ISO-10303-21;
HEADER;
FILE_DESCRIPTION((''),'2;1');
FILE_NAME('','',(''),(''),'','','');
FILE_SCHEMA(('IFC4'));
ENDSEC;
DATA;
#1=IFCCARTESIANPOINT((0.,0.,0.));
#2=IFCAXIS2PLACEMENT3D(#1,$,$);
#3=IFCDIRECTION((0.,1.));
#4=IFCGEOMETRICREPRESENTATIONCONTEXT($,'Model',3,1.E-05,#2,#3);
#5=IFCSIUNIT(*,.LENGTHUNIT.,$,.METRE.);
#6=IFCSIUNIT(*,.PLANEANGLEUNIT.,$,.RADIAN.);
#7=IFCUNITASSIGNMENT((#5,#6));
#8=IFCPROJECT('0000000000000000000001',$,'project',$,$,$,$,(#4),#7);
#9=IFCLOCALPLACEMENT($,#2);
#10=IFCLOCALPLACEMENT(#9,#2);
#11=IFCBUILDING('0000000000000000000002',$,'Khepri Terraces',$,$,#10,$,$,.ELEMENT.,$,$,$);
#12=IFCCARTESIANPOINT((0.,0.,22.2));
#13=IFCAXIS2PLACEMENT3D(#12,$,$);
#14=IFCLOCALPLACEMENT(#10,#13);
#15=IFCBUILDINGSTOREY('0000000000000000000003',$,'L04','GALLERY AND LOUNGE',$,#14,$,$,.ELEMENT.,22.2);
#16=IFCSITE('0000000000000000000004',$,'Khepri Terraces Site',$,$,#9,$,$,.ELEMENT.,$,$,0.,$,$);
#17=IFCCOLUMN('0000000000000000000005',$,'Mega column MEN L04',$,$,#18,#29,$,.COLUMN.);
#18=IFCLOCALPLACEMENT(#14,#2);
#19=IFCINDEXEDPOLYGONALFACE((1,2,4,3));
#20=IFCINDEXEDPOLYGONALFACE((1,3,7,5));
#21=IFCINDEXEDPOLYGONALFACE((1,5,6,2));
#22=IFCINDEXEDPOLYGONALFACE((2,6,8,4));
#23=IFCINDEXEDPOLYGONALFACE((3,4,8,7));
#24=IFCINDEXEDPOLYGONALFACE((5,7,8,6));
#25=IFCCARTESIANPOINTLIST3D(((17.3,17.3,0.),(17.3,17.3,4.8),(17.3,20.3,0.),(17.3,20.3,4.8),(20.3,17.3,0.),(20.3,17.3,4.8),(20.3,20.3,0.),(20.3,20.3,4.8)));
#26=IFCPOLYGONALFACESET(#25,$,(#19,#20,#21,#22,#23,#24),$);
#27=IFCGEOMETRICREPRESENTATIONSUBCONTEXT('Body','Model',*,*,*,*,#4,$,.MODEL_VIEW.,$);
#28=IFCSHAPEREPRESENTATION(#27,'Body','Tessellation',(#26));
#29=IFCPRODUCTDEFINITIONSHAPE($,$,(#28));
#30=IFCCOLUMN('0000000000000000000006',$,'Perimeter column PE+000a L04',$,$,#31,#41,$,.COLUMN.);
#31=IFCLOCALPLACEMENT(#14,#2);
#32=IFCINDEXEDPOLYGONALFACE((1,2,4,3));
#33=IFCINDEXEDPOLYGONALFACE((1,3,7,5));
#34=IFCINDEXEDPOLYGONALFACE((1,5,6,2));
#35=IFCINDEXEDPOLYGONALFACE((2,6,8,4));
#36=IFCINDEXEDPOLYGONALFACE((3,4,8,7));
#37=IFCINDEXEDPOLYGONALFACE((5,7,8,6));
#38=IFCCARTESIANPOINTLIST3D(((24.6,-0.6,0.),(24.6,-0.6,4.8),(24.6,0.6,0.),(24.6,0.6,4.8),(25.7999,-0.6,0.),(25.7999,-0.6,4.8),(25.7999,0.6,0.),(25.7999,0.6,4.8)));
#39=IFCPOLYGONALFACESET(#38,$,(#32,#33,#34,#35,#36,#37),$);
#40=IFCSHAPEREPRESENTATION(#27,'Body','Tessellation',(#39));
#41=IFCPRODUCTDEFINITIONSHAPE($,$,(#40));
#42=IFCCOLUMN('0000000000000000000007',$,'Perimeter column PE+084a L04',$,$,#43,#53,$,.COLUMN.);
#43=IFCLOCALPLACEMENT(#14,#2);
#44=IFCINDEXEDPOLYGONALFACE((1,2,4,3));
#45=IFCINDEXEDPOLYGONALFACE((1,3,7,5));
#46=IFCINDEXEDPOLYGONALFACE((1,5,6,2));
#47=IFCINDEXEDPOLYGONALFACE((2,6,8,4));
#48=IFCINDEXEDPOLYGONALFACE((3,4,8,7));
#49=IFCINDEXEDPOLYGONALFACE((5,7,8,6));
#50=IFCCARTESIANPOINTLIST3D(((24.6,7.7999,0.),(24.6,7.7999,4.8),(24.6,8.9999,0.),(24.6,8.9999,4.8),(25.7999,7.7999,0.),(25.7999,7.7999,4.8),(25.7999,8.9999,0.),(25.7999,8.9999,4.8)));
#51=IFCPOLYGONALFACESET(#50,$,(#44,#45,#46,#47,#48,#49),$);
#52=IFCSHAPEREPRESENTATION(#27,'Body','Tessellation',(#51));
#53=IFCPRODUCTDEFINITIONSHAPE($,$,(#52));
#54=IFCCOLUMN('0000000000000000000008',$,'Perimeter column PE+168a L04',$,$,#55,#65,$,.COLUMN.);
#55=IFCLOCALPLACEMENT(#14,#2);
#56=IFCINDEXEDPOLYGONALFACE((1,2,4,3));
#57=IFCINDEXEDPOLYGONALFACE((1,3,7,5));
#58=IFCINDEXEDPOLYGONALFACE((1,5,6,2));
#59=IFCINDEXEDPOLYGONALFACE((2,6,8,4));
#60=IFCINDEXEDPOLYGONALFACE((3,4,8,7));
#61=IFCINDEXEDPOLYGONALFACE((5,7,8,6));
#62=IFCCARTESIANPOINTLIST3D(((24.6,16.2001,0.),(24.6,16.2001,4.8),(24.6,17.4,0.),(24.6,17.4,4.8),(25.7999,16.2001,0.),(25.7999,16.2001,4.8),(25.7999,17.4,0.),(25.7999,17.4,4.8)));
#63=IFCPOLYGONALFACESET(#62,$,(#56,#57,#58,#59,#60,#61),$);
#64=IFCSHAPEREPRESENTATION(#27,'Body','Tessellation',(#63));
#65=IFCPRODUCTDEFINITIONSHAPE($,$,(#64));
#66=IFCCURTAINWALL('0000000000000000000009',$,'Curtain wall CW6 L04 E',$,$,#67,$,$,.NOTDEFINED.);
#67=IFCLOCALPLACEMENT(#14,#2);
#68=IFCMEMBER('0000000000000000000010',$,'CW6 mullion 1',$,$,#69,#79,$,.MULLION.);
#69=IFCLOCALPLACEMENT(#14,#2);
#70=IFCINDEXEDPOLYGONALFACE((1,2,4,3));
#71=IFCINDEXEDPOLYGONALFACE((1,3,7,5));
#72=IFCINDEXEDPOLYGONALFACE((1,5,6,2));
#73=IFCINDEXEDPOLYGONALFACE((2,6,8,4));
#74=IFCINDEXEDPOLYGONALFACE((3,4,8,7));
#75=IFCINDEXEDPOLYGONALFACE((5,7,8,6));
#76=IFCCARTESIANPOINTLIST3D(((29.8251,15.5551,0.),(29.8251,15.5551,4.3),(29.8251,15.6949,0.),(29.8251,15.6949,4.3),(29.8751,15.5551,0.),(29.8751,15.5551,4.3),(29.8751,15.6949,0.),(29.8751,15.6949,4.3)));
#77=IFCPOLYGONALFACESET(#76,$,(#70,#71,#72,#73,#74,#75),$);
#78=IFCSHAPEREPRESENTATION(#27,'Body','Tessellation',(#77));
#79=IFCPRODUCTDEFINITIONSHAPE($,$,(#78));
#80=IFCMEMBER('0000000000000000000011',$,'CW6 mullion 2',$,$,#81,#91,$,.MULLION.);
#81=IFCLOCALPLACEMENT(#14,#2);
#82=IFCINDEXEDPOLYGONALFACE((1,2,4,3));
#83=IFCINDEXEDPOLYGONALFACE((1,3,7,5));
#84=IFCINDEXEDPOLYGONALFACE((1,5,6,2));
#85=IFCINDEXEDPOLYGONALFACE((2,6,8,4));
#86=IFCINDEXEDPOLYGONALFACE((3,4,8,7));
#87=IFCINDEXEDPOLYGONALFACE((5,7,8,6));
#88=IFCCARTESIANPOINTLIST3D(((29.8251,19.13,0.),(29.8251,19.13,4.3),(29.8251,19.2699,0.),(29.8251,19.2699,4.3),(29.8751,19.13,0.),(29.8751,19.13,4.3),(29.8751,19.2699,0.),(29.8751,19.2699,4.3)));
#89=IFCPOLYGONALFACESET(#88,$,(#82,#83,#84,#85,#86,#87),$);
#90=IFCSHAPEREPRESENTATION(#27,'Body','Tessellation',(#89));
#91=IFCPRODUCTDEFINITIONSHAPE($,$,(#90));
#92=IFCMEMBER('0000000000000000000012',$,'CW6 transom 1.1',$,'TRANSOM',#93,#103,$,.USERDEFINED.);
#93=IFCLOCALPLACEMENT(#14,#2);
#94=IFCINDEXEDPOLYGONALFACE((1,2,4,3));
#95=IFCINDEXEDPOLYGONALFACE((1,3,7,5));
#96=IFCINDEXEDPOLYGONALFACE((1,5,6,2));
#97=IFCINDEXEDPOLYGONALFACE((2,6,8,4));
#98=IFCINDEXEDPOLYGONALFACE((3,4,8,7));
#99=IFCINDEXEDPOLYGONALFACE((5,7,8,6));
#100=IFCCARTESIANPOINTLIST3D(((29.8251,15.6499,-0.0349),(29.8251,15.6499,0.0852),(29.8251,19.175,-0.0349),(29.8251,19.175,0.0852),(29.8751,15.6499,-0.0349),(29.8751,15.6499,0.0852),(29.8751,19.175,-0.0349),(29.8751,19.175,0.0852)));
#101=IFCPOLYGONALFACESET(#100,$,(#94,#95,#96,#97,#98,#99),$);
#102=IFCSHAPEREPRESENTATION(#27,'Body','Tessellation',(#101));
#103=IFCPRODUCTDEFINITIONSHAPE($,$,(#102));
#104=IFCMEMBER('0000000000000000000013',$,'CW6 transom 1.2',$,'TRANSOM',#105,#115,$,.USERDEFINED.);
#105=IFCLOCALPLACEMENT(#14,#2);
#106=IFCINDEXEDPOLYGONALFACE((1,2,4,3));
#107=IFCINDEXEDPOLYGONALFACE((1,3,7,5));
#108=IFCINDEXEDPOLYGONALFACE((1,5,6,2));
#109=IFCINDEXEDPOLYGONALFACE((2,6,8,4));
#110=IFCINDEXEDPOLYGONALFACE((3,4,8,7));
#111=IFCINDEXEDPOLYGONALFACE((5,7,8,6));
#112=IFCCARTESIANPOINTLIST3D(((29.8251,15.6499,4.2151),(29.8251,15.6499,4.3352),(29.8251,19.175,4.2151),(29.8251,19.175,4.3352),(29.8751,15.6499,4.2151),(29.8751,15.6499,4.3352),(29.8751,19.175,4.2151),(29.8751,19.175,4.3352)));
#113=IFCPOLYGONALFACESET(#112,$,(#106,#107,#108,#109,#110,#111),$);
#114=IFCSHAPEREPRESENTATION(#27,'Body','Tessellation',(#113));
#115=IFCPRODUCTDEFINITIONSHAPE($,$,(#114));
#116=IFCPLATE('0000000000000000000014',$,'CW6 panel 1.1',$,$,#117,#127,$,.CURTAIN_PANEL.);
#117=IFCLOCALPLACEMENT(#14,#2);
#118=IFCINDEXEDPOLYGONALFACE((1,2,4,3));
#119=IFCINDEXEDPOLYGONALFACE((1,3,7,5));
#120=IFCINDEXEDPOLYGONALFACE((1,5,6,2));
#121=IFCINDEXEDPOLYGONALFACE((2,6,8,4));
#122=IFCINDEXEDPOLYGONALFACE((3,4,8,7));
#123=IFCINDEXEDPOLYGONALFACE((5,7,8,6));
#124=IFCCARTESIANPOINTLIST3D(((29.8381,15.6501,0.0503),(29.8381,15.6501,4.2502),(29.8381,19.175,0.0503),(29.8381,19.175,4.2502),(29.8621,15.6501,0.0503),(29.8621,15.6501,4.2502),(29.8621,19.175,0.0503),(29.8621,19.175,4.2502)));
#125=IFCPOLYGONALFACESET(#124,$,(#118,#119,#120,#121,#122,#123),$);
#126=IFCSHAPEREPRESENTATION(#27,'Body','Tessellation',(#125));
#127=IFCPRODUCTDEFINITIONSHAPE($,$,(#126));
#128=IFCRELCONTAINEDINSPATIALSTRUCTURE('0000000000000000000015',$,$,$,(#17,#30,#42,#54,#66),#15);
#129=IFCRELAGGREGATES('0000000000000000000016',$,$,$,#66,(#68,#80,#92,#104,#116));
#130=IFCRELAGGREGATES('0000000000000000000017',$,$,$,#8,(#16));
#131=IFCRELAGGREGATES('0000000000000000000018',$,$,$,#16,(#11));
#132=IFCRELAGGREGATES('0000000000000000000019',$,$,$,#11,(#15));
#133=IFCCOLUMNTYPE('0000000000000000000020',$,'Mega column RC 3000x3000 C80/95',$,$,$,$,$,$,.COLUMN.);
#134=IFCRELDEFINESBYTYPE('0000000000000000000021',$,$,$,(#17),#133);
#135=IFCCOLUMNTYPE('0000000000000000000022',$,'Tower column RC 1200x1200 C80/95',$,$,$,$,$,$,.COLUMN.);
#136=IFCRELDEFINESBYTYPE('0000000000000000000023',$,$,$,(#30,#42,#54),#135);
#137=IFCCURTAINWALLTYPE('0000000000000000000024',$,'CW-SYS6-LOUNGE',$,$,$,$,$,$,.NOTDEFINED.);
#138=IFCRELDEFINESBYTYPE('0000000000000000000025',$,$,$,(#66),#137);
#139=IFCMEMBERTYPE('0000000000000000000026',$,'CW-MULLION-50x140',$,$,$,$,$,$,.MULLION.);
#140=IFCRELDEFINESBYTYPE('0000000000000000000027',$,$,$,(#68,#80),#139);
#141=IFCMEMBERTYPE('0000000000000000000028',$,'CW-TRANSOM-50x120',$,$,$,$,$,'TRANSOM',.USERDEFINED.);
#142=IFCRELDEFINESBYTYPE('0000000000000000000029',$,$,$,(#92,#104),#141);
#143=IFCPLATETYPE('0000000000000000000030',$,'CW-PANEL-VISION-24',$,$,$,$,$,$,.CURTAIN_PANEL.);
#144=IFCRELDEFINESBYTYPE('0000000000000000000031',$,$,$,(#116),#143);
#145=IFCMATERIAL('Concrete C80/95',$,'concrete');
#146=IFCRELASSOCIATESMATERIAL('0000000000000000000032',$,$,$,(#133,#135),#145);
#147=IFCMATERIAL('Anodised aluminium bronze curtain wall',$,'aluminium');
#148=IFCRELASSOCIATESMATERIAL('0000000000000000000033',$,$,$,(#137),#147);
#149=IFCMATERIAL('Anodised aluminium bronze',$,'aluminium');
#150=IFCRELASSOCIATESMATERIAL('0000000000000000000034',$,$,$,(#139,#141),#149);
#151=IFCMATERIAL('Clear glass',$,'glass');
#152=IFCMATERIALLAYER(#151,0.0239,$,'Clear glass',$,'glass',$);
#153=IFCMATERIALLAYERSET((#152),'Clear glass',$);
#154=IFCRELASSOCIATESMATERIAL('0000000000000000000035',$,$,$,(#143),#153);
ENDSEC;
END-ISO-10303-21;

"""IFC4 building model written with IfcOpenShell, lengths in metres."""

from ifc_helpers import new_model, si_unit, direction, frame, origin, origin_2d, place, context, subcontext, project, spatial, rectangle, extrude, material, layer, layer_set, material_profile, profile_set, type_object, element, aggregate, save


model = new_model("IFC4")

# Units and contexts
model_context = context("Model", 3, precision=1e-05, world=origin(), true_north=direction((0.0, 1.0)))
body_context = subcontext(model_context, "Body", "Model", "MODEL_VIEW")
ifc_project = project(units=[si_unit("LENGTHUNIT", "METRE"), si_unit("PLANEANGLEUNIT", "RADIAN")], contexts=[model_context])

# Site, building, storey
site_placement = place(None, origin())
site = spatial("IfcSite", under=ifc_project, at=site_placement, Name="Khepri Terraces Site", CompositionType="ELEMENT", RefElevation=0.0)
building_placement = place(site_placement, origin())
building = spatial("IfcBuilding", under=site, at=building_placement, Name="Khepri Terraces", CompositionType="ELEMENT")
storey_placement = place(building_placement, frame((0.0, 0.0, 22.2)))
storey = spatial("IfcBuildingStorey", under=building, at=storey_placement, Name="L04", Description="GALLERY AND LOUNGE", CompositionType="ELEMENT", Elevation=22.2)

# Columns
ifc_material_1 = material(Name="Concrete C80/95", Category="concrete")
ifc_material_profile_1 = material_profile(ifc_material_1, rectangle(XDim=3.0, YDim=3.0, at=origin_2d()), Name="Concrete C80/95", Category="concrete")
ifc_profile_set_1 = profile_set([ifc_material_profile_1], Name="Concrete C80/95")
column_type_1 = type_object("IfcColumnType", Name="Mega column RC 3000x3000 C80/95", PredefinedType="COLUMN", material=ifc_profile_set_1)
column_placement = place(storey_placement, frame((18.8, 18.8, 0.0), z_axis=(0.0, 0.0, 1.0), x_axis=(1.0, 0.0, 0.0)))
element("IfcColumn", 1, at=column_placement, inside=storey, type_object=column_type_1, Name="Mega column MEN L04", PredefinedType="COLUMN", context=body_context, shape_type="SweptSolid", body=[
    extrude(rectangle(XDim=3.0, YDim=3.0, at=origin_2d()), origin(), (0.0, 0.0, 1.0), 4.8),
])
ifc_material_profile_2 = material_profile(ifc_material_1, rectangle(XDim=1.2, YDim=1.2, at=origin_2d()), Name="Concrete C80/95", Category="concrete")
ifc_profile_set_2 = profile_set([ifc_material_profile_2], Name="Concrete C80/95")
column_type_2 = type_object("IfcColumnType", Name="Tower column RC 1200x1200 C80/95", PredefinedType="COLUMN", material=ifc_profile_set_2)
for number, where, z_axis, x_axis, name in (
    (2, (25.2, 0.0, 0.0), (0.0, 0.0, 1.0), (1.0, 0.0, 0.0), "Perimeter column PE+000a L04"),
    (3, (25.2, 8.3999, 0.0), (0.0, 0.0, 1.0), (1.0, 0.0, 0.0), "Perimeter column PE+084a L04"),
    (4, (25.2, 16.8, 0.0), (0.0, 0.0, 1.0), (1.0, 0.0, 0.0), "Perimeter column PE+168a L04"),
):
    element("IfcColumn", number, at=place(storey_placement, frame(where, z_axis=z_axis, x_axis=x_axis)), inside=storey, type_object=column_type_2, Name=name, PredefinedType="COLUMN", context=body_context, shape_type="SweptSolid", body=[
        extrude(rectangle(XDim=1.2, YDim=1.2, at=origin_2d()), origin(), (0.0, 0.0, 1.0), 4.8),
    ])

# Curtain wall, members, plate
ifc_material_2 = material(Name="Anodised aluminium bronze curtain wall", Category="aluminium")
curtain_wall_type = type_object("IfcCurtainWallType", Name="CW-SYS6-LOUNGE", PredefinedType="NOTDEFINED", material=ifc_material_2)
curtain_wall_placement = place(storey_placement, origin())
curtain_wall = element("IfcCurtainWall", 5, at=curtain_wall_placement, inside=storey, type_object=curtain_wall_type, Name="Curtain wall CW6 L04 E", PredefinedType="NOTDEFINED")
ifc_material_3 = material(Name="Anodised aluminium bronze", Category="aluminium")
ifc_material_profile_3 = material_profile(ifc_material_3, rectangle(XDim=0.05, YDim=0.1399, at=origin_2d()), Name="Anodised aluminium bronze", Category="aluminium")
ifc_profile_set_3 = profile_set([ifc_material_profile_3], Name="Anodised aluminium bronze")
member_type_1 = type_object("IfcMemberType", Name="CW-MULLION-50x140", PredefinedType="MULLION", material=ifc_profile_set_3)
member_1_placement = place(storey_placement, frame((29.8501, 15.625, 0.0), z_axis=(0.0, 0.0, 1.0), x_axis=(-1.0, 0.0, 0.0)))
member_1 = element("IfcMember", 6, at=member_1_placement, type_object=member_type_1, Name="CW6 mullion 1", PredefinedType="MULLION", context=body_context, shape_type="SweptSolid", body=[
    extrude(rectangle(XDim=0.05, YDim=0.1399, at=origin_2d()), origin(), (0.0, 0.0, 1.0), 4.3),
])
member_2_placement = place(storey_placement, frame((29.8501, 19.2, 0.0), z_axis=(0.0, 0.0, 1.0), x_axis=(-1.0, 0.0, 0.0)))
member_2 = element("IfcMember", 7, at=member_2_placement, type_object=member_type_1, Name="CW6 mullion 2", PredefinedType="MULLION", context=body_context, shape_type="SweptSolid", body=[
    extrude(rectangle(XDim=0.05, YDim=0.1399, at=origin_2d()), origin(), (0.0, 0.0, 1.0), 4.3),
])
ifc_material_profile_4 = material_profile(ifc_material_3, rectangle(XDim=0.05, YDim=0.1201, at=origin_2d()), Name="Anodised aluminium bronze", Category="aluminium")
ifc_profile_set_4 = profile_set([ifc_material_profile_4], Name="Anodised aluminium bronze")
member_type_2 = type_object("IfcMemberType", Name="CW-TRANSOM-50x120", ElementType="TRANSOM", PredefinedType="USERDEFINED", material=ifc_profile_set_4)
member_3_placement = place(storey_placement, frame((29.8501, 15.6499, 0.0251), z_axis=(0.0, 1.0, 0.0), x_axis=(-1.0, 0.0, 0.0)))
member_3 = element("IfcMember", 8, at=member_3_placement, type_object=member_type_2, Name="CW6 transom 1.1", ObjectType="TRANSOM", PredefinedType="USERDEFINED", context=body_context, shape_type="SweptSolid", body=[
    extrude(rectangle(XDim=0.05, YDim=0.1201, at=origin_2d()), origin(), (0.0, 0.0, 1.0), 3.5251),
])
member_4_placement = place(storey_placement, frame((29.8501, 15.6499, 4.2751), z_axis=(0.0, 1.0, 0.0), x_axis=(-1.0, 0.0, 0.0)))
member_4 = element("IfcMember", 9, at=member_4_placement, type_object=member_type_2, Name="CW6 transom 1.2", ObjectType="TRANSOM", PredefinedType="USERDEFINED", context=body_context, shape_type="SweptSolid", body=[
    extrude(rectangle(XDim=0.05, YDim=0.1201, at=origin_2d()), origin(), (0.0, 0.0, 1.0), 3.5251),
])
ifc_material_4 = material(Name="Clear glass", Category="glass")
ifc_layer_1 = layer(ifc_material_4, 0.0239, Name="Clear glass", Category="glass")
ifc_layer_set_1 = layer_set([ifc_layer_1], Name="Clear glass")
plate_type = type_object("IfcPlateType", Name="CW-PANEL-VISION-24", PredefinedType="CURTAIN_PANEL", material=ifc_layer_set_1)
plate_placement = place(storey_placement, frame((29.8501, 17.4126, 0.0503), z_axis=(0.0, 0.0, 1.0), x_axis=(0.0, 1.0, 0.0)))
plate = element("IfcPlate", 10, at=plate_placement, type_object=plate_type, Name="CW6 panel 1.1", PredefinedType="CURTAIN_PANEL", context=body_context, shape_type="SweptSolid", body=[
    extrude(rectangle(XDim=3.5249, YDim=0.0239, at=origin_2d()), origin(), (0.0, 0.0, 1.0), 4.2),
])
aggregate(curtain_wall, [member_1, member_2, member_3, member_4, plate])

save(model, "model.ifc")
